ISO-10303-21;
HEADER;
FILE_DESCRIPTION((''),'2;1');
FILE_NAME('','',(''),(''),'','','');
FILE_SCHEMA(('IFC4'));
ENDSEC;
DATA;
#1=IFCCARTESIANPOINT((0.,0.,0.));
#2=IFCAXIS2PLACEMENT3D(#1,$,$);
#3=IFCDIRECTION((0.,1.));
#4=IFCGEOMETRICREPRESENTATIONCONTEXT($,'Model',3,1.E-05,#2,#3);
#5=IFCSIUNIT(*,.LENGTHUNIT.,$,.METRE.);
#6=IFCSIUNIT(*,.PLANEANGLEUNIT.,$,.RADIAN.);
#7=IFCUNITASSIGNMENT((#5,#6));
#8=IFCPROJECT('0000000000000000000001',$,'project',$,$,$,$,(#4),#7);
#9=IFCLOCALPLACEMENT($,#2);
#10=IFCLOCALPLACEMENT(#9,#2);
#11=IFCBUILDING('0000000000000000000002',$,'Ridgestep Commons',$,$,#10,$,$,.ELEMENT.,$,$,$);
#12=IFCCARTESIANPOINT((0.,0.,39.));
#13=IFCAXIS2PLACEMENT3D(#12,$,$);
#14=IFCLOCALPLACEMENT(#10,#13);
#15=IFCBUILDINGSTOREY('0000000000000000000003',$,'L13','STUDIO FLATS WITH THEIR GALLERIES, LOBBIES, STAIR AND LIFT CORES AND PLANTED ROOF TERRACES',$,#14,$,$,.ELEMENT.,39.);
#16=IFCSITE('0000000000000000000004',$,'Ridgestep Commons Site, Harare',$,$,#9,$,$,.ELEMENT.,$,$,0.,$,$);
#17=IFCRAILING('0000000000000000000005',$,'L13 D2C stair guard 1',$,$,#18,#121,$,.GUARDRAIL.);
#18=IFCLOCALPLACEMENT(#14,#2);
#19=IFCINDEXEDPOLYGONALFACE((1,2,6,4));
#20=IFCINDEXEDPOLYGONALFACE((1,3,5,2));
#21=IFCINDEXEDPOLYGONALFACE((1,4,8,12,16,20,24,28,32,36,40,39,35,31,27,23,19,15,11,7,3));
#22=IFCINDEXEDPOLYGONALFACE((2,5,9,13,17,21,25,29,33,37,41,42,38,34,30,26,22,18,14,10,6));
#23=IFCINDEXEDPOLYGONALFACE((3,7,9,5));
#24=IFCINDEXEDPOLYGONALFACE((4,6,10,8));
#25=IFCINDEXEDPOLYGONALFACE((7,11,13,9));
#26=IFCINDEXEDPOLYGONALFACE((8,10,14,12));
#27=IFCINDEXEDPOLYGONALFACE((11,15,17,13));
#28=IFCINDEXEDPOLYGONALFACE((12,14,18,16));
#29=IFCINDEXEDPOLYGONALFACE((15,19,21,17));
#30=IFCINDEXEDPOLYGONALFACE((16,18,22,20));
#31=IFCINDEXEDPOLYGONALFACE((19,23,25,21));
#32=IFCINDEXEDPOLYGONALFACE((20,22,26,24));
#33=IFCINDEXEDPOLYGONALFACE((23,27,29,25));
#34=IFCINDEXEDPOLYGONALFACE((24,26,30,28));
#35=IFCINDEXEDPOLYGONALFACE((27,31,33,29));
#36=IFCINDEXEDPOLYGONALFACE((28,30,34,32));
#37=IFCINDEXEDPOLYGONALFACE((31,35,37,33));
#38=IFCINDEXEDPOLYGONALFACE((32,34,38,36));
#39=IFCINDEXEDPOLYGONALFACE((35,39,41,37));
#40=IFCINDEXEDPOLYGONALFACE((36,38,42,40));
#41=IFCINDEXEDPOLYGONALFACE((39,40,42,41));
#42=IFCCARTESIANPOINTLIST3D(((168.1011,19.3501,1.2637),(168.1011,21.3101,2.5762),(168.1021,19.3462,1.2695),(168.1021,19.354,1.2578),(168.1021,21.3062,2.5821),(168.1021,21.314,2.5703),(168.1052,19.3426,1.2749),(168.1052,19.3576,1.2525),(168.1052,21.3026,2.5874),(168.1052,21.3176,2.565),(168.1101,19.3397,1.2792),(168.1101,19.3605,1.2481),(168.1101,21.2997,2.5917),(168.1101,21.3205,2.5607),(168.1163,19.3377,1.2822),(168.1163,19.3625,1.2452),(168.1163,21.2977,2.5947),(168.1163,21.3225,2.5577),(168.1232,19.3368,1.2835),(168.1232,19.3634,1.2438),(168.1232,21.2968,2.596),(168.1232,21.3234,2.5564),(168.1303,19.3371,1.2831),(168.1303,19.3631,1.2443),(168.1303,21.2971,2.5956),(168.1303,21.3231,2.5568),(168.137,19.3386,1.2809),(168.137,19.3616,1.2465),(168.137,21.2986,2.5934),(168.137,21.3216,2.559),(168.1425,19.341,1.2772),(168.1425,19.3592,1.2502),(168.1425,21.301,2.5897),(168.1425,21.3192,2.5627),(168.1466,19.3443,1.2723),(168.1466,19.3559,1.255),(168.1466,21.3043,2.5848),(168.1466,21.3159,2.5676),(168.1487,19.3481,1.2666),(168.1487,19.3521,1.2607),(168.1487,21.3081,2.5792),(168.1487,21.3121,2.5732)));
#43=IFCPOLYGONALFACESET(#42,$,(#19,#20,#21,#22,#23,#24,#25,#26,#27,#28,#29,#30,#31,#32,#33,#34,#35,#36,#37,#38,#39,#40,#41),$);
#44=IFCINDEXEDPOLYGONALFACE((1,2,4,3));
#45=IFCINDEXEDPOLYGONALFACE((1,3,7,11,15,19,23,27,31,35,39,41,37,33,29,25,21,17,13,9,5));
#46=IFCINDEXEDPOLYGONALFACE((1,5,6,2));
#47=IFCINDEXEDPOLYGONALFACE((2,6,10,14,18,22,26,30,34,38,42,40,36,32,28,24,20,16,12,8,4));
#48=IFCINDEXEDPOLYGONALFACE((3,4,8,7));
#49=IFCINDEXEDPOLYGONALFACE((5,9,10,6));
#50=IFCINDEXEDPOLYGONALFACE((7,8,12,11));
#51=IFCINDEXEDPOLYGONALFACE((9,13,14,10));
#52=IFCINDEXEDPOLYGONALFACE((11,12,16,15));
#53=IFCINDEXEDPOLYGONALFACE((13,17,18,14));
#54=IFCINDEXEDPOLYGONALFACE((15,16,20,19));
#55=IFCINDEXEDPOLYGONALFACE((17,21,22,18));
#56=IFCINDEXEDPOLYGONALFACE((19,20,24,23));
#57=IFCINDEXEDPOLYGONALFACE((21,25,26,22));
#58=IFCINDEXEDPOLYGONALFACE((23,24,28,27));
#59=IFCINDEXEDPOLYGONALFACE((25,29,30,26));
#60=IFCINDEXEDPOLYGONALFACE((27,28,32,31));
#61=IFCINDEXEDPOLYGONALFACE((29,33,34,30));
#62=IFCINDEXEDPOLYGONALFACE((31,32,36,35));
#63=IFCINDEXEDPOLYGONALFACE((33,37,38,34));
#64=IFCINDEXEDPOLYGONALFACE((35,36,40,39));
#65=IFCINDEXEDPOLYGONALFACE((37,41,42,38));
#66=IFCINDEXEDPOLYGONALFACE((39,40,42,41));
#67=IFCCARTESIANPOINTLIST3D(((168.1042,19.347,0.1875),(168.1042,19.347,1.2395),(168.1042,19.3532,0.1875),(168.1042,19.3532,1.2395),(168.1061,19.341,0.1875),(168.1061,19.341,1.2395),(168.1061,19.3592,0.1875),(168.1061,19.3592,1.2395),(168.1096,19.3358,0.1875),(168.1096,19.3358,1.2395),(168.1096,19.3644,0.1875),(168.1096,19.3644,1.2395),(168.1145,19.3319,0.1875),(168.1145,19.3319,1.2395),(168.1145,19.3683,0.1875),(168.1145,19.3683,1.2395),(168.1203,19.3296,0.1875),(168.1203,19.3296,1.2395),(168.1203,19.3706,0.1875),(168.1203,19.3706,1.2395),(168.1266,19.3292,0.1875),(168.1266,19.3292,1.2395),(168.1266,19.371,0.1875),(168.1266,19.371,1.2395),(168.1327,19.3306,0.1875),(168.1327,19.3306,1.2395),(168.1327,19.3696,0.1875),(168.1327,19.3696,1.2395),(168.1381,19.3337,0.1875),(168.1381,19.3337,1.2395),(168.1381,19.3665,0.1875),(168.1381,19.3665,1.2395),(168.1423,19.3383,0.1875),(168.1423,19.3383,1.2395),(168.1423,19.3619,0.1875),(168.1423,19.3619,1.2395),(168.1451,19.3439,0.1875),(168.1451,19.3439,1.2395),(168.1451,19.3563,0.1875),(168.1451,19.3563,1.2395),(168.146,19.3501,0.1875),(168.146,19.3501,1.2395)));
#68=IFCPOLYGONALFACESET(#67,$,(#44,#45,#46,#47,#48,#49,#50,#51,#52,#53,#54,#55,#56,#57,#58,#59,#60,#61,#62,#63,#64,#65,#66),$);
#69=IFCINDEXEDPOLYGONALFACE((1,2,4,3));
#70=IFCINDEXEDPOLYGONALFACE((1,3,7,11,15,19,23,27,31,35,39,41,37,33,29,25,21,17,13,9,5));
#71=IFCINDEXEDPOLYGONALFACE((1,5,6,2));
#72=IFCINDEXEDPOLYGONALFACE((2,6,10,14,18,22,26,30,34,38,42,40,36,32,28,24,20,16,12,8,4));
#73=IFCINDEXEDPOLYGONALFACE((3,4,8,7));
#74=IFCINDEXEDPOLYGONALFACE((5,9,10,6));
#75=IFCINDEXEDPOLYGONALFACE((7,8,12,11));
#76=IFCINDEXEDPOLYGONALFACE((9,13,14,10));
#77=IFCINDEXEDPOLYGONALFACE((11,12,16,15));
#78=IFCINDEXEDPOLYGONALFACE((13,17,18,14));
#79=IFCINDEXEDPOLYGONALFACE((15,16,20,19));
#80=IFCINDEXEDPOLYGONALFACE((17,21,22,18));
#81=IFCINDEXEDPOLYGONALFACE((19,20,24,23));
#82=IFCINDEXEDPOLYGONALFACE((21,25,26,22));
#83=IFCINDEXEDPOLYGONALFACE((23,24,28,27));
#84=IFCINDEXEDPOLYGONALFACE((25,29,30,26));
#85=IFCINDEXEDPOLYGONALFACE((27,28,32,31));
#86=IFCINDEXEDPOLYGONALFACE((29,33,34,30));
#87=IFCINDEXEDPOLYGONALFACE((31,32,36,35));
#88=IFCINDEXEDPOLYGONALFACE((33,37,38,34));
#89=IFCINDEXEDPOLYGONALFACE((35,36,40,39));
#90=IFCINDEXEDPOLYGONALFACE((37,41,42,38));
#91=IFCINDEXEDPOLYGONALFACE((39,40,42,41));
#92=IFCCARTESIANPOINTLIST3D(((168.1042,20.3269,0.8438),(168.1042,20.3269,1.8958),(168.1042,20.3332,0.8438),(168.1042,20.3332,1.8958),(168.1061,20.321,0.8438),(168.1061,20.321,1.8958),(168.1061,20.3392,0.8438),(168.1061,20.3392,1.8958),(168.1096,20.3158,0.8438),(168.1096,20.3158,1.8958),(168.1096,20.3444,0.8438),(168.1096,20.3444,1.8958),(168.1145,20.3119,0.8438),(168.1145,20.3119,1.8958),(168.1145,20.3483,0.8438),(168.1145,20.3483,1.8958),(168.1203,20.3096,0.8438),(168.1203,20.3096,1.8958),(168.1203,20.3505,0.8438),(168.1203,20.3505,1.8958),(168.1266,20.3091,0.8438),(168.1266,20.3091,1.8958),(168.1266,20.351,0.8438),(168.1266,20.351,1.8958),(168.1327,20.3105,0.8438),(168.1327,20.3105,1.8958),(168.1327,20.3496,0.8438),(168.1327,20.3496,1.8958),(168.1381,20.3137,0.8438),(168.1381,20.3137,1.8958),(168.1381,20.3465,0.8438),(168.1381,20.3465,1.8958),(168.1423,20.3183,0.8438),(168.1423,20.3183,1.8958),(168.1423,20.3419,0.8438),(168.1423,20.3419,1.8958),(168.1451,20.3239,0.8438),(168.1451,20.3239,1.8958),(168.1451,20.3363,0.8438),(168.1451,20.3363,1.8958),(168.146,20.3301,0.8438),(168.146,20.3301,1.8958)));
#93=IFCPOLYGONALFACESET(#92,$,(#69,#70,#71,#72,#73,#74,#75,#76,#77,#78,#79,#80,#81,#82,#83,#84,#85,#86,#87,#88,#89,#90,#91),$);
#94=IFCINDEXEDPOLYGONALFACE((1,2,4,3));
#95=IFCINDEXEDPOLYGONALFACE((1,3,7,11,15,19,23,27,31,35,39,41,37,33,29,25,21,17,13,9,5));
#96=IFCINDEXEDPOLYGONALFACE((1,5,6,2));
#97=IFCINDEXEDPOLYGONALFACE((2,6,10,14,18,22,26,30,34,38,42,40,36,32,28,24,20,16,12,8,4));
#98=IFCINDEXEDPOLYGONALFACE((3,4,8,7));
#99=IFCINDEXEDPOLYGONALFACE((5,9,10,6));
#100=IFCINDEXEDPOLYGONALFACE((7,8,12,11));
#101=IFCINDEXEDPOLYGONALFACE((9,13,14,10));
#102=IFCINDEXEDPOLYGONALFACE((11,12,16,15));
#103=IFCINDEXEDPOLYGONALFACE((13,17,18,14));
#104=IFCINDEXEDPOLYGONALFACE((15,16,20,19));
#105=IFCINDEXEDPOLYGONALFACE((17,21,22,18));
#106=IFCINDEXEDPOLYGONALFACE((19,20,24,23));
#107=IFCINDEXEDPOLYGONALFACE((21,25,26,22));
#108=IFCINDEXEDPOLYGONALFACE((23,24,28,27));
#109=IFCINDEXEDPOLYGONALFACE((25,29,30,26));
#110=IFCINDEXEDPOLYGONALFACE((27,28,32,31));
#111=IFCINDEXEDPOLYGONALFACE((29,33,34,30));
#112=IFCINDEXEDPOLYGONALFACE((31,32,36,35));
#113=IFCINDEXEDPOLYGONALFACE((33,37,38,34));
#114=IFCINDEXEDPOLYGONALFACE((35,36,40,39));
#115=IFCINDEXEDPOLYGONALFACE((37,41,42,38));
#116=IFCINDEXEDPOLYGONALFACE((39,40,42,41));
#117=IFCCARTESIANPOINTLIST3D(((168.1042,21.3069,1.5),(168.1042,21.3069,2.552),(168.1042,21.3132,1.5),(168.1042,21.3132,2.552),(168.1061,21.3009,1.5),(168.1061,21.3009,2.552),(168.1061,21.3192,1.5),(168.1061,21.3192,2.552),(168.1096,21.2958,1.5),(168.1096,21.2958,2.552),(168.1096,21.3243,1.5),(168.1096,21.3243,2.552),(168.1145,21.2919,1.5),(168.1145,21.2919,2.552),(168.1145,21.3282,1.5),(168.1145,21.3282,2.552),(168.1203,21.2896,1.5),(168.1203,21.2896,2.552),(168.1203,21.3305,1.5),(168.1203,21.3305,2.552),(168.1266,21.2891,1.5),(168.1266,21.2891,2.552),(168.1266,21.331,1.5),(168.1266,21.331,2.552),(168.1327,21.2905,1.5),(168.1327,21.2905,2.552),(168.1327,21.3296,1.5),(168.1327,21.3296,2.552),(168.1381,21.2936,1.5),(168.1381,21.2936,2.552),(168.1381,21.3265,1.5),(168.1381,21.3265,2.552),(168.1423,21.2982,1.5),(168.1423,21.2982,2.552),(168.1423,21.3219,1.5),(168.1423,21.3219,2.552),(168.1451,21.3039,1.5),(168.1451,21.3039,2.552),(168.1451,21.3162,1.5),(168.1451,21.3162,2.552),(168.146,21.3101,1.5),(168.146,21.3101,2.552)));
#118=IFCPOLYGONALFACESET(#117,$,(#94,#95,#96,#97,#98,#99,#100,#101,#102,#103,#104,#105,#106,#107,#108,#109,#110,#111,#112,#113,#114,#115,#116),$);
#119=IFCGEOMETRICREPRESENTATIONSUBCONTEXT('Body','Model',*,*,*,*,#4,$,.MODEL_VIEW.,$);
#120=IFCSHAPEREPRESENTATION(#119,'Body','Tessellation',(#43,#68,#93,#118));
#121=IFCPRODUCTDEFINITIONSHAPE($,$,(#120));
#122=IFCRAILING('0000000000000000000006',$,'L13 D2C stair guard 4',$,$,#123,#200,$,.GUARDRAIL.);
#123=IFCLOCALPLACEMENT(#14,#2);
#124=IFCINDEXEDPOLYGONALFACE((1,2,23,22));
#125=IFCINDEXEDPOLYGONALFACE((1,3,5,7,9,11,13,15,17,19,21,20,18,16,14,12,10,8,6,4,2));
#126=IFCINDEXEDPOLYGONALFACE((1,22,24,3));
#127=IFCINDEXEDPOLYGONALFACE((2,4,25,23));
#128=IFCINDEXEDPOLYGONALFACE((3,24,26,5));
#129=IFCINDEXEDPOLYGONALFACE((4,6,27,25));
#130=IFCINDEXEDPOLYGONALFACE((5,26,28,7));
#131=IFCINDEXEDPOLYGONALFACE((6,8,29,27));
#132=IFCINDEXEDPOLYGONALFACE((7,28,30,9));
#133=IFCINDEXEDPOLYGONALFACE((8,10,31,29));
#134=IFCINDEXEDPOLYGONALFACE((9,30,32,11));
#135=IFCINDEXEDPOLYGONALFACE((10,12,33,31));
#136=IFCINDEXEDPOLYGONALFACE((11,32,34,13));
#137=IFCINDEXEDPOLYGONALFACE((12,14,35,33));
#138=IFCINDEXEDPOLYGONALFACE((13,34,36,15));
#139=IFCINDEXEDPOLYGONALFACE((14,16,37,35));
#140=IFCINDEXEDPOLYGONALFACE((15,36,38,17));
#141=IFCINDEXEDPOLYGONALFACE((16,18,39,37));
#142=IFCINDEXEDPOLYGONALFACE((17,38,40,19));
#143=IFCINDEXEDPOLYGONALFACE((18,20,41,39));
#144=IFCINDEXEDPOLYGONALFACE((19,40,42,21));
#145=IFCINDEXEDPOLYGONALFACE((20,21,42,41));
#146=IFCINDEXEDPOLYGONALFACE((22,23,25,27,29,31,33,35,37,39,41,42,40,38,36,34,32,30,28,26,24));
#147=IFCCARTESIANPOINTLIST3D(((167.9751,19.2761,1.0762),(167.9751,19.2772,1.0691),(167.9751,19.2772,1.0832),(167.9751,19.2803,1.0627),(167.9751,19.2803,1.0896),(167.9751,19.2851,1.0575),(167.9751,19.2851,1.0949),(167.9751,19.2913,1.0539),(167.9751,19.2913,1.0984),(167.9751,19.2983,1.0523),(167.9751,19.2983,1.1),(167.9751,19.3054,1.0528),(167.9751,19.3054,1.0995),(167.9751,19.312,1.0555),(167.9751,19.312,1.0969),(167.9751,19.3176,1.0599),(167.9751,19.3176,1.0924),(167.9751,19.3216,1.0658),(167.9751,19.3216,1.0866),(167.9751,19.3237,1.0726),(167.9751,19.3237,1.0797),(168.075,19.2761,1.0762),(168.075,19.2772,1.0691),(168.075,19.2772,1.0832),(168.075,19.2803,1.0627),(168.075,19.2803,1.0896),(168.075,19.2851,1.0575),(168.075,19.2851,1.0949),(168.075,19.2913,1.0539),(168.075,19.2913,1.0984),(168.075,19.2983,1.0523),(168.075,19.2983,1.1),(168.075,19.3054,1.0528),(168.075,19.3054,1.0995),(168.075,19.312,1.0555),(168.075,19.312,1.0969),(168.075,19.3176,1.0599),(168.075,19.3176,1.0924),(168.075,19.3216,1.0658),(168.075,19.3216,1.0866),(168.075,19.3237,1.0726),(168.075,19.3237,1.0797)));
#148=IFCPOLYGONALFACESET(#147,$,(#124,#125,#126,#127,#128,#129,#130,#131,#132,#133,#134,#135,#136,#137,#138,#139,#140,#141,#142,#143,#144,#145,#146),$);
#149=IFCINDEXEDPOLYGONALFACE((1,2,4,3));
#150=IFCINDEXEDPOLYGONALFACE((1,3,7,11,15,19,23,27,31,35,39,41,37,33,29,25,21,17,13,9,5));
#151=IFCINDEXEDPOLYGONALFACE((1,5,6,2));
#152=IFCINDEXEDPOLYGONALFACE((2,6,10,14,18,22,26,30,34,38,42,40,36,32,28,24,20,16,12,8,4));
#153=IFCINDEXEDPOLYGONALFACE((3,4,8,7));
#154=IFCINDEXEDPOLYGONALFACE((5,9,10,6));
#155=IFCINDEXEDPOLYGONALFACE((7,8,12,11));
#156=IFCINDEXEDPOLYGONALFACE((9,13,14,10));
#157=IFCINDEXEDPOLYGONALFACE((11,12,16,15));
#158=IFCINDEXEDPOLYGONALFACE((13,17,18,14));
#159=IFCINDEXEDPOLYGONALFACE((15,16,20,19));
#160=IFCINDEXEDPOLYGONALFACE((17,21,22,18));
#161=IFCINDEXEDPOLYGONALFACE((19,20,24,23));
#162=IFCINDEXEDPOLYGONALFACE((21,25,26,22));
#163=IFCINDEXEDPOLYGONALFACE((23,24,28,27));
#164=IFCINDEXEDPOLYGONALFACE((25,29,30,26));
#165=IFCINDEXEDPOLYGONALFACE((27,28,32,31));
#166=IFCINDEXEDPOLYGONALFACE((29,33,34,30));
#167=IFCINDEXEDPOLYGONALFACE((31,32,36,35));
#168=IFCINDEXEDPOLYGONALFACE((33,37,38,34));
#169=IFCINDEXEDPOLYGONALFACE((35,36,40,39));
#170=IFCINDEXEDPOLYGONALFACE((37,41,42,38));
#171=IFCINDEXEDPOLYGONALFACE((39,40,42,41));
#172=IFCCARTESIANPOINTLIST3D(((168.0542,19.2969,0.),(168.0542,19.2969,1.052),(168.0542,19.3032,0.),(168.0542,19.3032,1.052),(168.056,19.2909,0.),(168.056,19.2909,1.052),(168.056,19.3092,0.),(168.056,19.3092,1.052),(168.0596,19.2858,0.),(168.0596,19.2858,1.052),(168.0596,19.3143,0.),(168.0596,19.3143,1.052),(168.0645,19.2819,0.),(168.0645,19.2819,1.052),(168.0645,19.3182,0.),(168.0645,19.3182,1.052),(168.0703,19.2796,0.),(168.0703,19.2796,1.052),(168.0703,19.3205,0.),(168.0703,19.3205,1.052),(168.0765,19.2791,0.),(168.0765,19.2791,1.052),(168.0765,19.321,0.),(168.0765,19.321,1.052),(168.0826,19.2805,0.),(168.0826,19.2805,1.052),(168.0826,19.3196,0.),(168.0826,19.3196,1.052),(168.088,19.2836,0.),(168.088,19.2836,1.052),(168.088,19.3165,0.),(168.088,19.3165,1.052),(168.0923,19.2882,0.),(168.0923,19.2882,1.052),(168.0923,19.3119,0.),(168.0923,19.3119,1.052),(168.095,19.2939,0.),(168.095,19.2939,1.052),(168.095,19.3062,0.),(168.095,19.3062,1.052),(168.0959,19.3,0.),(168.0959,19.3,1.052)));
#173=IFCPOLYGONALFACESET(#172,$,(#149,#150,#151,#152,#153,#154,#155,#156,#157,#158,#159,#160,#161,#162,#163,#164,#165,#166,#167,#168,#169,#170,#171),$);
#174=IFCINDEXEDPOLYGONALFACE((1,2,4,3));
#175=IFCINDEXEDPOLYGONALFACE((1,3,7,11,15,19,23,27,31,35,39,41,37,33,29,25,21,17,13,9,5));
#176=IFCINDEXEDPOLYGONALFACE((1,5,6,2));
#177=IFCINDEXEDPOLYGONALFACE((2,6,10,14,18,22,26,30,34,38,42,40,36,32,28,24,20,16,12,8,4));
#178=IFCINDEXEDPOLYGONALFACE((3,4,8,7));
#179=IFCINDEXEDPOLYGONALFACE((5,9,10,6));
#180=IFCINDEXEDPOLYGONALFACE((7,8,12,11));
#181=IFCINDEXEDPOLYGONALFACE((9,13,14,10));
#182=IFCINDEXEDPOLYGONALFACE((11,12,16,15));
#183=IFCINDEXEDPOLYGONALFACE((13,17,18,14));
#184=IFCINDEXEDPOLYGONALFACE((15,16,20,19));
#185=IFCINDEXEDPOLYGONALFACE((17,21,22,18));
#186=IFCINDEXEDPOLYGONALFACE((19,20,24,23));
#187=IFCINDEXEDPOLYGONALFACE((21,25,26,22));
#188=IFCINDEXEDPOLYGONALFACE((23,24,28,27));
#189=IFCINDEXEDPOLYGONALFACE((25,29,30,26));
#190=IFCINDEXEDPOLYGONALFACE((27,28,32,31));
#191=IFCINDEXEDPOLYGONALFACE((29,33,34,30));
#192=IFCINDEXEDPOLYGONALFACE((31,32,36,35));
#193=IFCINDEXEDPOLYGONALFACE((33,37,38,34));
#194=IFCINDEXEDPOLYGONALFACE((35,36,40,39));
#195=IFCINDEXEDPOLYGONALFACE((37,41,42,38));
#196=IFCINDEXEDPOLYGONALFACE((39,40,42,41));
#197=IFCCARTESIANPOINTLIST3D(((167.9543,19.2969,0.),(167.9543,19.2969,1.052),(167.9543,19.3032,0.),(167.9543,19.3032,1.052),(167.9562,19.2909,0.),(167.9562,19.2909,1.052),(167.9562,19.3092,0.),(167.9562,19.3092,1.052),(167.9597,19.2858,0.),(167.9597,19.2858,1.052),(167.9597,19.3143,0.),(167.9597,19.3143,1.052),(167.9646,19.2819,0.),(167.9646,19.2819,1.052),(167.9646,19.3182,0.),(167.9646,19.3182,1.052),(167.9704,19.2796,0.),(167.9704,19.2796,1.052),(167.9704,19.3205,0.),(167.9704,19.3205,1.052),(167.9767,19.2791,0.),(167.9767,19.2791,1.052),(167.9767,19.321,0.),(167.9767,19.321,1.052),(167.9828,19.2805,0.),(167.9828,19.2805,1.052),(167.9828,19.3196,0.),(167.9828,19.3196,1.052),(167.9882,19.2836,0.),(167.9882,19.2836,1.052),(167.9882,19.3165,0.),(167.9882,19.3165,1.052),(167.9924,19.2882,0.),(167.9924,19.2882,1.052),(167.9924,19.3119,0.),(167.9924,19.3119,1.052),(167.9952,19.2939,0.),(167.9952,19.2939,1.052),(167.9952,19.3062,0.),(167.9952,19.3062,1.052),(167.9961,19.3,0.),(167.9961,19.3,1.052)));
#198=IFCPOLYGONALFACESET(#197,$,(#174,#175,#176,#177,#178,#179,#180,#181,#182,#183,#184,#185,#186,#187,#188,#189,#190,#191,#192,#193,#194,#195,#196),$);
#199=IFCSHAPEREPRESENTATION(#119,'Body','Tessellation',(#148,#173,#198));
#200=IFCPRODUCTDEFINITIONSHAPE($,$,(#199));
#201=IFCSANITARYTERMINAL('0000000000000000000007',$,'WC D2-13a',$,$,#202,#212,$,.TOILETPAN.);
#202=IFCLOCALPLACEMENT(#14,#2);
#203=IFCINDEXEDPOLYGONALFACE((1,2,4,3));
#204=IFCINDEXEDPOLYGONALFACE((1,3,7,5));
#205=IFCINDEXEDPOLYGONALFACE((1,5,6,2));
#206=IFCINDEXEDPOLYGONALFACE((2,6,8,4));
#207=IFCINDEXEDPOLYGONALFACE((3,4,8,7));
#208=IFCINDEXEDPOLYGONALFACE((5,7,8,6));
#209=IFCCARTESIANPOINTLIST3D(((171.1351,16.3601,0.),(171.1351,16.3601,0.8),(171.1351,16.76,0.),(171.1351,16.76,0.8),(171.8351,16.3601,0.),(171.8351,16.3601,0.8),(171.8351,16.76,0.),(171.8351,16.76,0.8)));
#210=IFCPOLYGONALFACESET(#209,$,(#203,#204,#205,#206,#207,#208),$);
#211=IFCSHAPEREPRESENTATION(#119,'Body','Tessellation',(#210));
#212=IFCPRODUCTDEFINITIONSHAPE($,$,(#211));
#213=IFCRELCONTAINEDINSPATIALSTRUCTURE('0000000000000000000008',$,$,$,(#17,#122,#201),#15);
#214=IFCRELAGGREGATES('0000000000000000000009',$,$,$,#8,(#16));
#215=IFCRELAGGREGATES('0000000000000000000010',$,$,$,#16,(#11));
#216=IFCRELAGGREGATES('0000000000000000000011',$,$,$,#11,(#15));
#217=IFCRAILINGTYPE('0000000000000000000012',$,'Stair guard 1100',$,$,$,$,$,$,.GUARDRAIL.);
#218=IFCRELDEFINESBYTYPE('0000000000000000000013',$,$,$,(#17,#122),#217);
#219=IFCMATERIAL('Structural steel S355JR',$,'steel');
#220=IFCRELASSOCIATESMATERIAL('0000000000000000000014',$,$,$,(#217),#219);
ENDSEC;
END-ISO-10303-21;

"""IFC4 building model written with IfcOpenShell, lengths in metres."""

from ifc_helpers import new_model, si_unit, direction, frame, origin, origin_2d, place, context, subcontext, project, spatial, rectangle, circle, extrude, material, type_object, element, save


model = new_model("IFC4")

# Units and contexts
model_context = context("Model", 3, precision=1e-05, world=origin(), true_north=direction((0.0, 1.0)))
body_context = subcontext(model_context, "Body", "Model", "MODEL_VIEW")
ifc_project = project(units=[si_unit("LENGTHUNIT", "METRE"), si_unit("PLANEANGLEUNIT", "RADIAN")], contexts=[model_context])

# Site, building, storey
site_placement = place(None, origin())
site = spatial("IfcSite", under=ifc_project, at=site_placement, Name="Ridgestep Commons Site, Harare", CompositionType="ELEMENT", RefElevation=0.0)
building_placement = place(site_placement, origin())
building = spatial("IfcBuilding", under=site, at=building_placement, Name="Ridgestep Commons", CompositionType="ELEMENT")
storey_placement = place(building_placement, frame((0.0, 0.0, 39.0)))
storey = spatial("IfcBuildingStorey", under=building, at=storey_placement, Name="L13", Description="STUDIO FLATS WITH THEIR GALLERIES, LOBBIES, STAIR AND LIFT CORES AND PLANTED ROOF TERRACES", CompositionType="ELEMENT", Elevation=39.0)

# Railings
ifc_material_1 = material(Name="Structural steel S355JR", Category="steel")
railing_type_1 = type_object("IfcRailingType", Name="Stair guard 1100", PredefinedType="GUARDRAIL", material=ifc_material_1)
railing_1_placement = place(storey_placement, frame((168.125, 19.3501, 0.1875)))
element("IfcRailing", 1, at=railing_1_placement, inside=storey, type_object=railing_type_1, Name="L13 D2C stair guard 1", PredefinedType="GUARDRAIL", context=body_context, shape_type="SweptSolid", body=[
    extrude(circle(Radius=0.0239, at=origin_2d()), frame((0.0, 0.0, 1.0762), z_axis=(0.0, 0.830902, 0.556419), x_axis=(-1.0, 0.0, 0.0)), (0.0, 0.0, 1.0), 2.3589),
    extrude(circle(Radius=0.021, at=origin_2d()), origin(), (0.0, 0.0, 1.0), 1.052),
    extrude(circle(Radius=0.021, at=origin_2d()), frame((0.0, 0.98, 0.6562)), (0.0, 0.0, 1.0), 1.052),
    extrude(circle(Radius=0.021, at=origin_2d()), frame((0.0, 1.96, 1.3125)), (0.0, 0.0, 1.0), 1.052),
])
railing_2_placement = place(storey_placement, frame((168.075, 19.3, 0.0)))
element("IfcRailing", 2, at=railing_2_placement, inside=storey, type_object=railing_type_1, Name="L13 D2C stair guard 4", PredefinedType="GUARDRAIL", context=body_context, shape_type="SweptSolid", body=[
    extrude(circle(Radius=0.0239, at=origin_2d()), frame((0.0, 0.0, 1.0762), z_axis=(-1.0, 0.0, 0.0), x_axis=(0.0, -1.0, 0.0)), (0.0, 0.0, 1.0), 0.0999),
    extrude(circle(Radius=0.021, at=origin_2d()), origin(), (0.0, 0.0, 1.0), 1.052),
    extrude(circle(Radius=0.021, at=origin_2d()), frame((-0.0999, 0.0, 0.0)), (0.0, 0.0, 1.0), 1.052),
])

# Sanitary terminal
sanitary_terminal_1_placement = place(storey_placement, frame((171.4851, 16.5601, 0.0), z_axis=(0.0, 0.0, 1.0), x_axis=(1.0, 0.0, 0.0)))
element("IfcSanitaryTerminal", 3, at=sanitary_terminal_1_placement, inside=storey, Name="WC D2-13a", PredefinedType="TOILETPAN", context=body_context, shape_type="SweptSolid", body=[
    extrude(rectangle(XDim=0.7, YDim=0.3999, at=origin_2d()), origin(), (0.0, 0.0, 1.0), 0.8),
])

save(model, "model.ifc")
